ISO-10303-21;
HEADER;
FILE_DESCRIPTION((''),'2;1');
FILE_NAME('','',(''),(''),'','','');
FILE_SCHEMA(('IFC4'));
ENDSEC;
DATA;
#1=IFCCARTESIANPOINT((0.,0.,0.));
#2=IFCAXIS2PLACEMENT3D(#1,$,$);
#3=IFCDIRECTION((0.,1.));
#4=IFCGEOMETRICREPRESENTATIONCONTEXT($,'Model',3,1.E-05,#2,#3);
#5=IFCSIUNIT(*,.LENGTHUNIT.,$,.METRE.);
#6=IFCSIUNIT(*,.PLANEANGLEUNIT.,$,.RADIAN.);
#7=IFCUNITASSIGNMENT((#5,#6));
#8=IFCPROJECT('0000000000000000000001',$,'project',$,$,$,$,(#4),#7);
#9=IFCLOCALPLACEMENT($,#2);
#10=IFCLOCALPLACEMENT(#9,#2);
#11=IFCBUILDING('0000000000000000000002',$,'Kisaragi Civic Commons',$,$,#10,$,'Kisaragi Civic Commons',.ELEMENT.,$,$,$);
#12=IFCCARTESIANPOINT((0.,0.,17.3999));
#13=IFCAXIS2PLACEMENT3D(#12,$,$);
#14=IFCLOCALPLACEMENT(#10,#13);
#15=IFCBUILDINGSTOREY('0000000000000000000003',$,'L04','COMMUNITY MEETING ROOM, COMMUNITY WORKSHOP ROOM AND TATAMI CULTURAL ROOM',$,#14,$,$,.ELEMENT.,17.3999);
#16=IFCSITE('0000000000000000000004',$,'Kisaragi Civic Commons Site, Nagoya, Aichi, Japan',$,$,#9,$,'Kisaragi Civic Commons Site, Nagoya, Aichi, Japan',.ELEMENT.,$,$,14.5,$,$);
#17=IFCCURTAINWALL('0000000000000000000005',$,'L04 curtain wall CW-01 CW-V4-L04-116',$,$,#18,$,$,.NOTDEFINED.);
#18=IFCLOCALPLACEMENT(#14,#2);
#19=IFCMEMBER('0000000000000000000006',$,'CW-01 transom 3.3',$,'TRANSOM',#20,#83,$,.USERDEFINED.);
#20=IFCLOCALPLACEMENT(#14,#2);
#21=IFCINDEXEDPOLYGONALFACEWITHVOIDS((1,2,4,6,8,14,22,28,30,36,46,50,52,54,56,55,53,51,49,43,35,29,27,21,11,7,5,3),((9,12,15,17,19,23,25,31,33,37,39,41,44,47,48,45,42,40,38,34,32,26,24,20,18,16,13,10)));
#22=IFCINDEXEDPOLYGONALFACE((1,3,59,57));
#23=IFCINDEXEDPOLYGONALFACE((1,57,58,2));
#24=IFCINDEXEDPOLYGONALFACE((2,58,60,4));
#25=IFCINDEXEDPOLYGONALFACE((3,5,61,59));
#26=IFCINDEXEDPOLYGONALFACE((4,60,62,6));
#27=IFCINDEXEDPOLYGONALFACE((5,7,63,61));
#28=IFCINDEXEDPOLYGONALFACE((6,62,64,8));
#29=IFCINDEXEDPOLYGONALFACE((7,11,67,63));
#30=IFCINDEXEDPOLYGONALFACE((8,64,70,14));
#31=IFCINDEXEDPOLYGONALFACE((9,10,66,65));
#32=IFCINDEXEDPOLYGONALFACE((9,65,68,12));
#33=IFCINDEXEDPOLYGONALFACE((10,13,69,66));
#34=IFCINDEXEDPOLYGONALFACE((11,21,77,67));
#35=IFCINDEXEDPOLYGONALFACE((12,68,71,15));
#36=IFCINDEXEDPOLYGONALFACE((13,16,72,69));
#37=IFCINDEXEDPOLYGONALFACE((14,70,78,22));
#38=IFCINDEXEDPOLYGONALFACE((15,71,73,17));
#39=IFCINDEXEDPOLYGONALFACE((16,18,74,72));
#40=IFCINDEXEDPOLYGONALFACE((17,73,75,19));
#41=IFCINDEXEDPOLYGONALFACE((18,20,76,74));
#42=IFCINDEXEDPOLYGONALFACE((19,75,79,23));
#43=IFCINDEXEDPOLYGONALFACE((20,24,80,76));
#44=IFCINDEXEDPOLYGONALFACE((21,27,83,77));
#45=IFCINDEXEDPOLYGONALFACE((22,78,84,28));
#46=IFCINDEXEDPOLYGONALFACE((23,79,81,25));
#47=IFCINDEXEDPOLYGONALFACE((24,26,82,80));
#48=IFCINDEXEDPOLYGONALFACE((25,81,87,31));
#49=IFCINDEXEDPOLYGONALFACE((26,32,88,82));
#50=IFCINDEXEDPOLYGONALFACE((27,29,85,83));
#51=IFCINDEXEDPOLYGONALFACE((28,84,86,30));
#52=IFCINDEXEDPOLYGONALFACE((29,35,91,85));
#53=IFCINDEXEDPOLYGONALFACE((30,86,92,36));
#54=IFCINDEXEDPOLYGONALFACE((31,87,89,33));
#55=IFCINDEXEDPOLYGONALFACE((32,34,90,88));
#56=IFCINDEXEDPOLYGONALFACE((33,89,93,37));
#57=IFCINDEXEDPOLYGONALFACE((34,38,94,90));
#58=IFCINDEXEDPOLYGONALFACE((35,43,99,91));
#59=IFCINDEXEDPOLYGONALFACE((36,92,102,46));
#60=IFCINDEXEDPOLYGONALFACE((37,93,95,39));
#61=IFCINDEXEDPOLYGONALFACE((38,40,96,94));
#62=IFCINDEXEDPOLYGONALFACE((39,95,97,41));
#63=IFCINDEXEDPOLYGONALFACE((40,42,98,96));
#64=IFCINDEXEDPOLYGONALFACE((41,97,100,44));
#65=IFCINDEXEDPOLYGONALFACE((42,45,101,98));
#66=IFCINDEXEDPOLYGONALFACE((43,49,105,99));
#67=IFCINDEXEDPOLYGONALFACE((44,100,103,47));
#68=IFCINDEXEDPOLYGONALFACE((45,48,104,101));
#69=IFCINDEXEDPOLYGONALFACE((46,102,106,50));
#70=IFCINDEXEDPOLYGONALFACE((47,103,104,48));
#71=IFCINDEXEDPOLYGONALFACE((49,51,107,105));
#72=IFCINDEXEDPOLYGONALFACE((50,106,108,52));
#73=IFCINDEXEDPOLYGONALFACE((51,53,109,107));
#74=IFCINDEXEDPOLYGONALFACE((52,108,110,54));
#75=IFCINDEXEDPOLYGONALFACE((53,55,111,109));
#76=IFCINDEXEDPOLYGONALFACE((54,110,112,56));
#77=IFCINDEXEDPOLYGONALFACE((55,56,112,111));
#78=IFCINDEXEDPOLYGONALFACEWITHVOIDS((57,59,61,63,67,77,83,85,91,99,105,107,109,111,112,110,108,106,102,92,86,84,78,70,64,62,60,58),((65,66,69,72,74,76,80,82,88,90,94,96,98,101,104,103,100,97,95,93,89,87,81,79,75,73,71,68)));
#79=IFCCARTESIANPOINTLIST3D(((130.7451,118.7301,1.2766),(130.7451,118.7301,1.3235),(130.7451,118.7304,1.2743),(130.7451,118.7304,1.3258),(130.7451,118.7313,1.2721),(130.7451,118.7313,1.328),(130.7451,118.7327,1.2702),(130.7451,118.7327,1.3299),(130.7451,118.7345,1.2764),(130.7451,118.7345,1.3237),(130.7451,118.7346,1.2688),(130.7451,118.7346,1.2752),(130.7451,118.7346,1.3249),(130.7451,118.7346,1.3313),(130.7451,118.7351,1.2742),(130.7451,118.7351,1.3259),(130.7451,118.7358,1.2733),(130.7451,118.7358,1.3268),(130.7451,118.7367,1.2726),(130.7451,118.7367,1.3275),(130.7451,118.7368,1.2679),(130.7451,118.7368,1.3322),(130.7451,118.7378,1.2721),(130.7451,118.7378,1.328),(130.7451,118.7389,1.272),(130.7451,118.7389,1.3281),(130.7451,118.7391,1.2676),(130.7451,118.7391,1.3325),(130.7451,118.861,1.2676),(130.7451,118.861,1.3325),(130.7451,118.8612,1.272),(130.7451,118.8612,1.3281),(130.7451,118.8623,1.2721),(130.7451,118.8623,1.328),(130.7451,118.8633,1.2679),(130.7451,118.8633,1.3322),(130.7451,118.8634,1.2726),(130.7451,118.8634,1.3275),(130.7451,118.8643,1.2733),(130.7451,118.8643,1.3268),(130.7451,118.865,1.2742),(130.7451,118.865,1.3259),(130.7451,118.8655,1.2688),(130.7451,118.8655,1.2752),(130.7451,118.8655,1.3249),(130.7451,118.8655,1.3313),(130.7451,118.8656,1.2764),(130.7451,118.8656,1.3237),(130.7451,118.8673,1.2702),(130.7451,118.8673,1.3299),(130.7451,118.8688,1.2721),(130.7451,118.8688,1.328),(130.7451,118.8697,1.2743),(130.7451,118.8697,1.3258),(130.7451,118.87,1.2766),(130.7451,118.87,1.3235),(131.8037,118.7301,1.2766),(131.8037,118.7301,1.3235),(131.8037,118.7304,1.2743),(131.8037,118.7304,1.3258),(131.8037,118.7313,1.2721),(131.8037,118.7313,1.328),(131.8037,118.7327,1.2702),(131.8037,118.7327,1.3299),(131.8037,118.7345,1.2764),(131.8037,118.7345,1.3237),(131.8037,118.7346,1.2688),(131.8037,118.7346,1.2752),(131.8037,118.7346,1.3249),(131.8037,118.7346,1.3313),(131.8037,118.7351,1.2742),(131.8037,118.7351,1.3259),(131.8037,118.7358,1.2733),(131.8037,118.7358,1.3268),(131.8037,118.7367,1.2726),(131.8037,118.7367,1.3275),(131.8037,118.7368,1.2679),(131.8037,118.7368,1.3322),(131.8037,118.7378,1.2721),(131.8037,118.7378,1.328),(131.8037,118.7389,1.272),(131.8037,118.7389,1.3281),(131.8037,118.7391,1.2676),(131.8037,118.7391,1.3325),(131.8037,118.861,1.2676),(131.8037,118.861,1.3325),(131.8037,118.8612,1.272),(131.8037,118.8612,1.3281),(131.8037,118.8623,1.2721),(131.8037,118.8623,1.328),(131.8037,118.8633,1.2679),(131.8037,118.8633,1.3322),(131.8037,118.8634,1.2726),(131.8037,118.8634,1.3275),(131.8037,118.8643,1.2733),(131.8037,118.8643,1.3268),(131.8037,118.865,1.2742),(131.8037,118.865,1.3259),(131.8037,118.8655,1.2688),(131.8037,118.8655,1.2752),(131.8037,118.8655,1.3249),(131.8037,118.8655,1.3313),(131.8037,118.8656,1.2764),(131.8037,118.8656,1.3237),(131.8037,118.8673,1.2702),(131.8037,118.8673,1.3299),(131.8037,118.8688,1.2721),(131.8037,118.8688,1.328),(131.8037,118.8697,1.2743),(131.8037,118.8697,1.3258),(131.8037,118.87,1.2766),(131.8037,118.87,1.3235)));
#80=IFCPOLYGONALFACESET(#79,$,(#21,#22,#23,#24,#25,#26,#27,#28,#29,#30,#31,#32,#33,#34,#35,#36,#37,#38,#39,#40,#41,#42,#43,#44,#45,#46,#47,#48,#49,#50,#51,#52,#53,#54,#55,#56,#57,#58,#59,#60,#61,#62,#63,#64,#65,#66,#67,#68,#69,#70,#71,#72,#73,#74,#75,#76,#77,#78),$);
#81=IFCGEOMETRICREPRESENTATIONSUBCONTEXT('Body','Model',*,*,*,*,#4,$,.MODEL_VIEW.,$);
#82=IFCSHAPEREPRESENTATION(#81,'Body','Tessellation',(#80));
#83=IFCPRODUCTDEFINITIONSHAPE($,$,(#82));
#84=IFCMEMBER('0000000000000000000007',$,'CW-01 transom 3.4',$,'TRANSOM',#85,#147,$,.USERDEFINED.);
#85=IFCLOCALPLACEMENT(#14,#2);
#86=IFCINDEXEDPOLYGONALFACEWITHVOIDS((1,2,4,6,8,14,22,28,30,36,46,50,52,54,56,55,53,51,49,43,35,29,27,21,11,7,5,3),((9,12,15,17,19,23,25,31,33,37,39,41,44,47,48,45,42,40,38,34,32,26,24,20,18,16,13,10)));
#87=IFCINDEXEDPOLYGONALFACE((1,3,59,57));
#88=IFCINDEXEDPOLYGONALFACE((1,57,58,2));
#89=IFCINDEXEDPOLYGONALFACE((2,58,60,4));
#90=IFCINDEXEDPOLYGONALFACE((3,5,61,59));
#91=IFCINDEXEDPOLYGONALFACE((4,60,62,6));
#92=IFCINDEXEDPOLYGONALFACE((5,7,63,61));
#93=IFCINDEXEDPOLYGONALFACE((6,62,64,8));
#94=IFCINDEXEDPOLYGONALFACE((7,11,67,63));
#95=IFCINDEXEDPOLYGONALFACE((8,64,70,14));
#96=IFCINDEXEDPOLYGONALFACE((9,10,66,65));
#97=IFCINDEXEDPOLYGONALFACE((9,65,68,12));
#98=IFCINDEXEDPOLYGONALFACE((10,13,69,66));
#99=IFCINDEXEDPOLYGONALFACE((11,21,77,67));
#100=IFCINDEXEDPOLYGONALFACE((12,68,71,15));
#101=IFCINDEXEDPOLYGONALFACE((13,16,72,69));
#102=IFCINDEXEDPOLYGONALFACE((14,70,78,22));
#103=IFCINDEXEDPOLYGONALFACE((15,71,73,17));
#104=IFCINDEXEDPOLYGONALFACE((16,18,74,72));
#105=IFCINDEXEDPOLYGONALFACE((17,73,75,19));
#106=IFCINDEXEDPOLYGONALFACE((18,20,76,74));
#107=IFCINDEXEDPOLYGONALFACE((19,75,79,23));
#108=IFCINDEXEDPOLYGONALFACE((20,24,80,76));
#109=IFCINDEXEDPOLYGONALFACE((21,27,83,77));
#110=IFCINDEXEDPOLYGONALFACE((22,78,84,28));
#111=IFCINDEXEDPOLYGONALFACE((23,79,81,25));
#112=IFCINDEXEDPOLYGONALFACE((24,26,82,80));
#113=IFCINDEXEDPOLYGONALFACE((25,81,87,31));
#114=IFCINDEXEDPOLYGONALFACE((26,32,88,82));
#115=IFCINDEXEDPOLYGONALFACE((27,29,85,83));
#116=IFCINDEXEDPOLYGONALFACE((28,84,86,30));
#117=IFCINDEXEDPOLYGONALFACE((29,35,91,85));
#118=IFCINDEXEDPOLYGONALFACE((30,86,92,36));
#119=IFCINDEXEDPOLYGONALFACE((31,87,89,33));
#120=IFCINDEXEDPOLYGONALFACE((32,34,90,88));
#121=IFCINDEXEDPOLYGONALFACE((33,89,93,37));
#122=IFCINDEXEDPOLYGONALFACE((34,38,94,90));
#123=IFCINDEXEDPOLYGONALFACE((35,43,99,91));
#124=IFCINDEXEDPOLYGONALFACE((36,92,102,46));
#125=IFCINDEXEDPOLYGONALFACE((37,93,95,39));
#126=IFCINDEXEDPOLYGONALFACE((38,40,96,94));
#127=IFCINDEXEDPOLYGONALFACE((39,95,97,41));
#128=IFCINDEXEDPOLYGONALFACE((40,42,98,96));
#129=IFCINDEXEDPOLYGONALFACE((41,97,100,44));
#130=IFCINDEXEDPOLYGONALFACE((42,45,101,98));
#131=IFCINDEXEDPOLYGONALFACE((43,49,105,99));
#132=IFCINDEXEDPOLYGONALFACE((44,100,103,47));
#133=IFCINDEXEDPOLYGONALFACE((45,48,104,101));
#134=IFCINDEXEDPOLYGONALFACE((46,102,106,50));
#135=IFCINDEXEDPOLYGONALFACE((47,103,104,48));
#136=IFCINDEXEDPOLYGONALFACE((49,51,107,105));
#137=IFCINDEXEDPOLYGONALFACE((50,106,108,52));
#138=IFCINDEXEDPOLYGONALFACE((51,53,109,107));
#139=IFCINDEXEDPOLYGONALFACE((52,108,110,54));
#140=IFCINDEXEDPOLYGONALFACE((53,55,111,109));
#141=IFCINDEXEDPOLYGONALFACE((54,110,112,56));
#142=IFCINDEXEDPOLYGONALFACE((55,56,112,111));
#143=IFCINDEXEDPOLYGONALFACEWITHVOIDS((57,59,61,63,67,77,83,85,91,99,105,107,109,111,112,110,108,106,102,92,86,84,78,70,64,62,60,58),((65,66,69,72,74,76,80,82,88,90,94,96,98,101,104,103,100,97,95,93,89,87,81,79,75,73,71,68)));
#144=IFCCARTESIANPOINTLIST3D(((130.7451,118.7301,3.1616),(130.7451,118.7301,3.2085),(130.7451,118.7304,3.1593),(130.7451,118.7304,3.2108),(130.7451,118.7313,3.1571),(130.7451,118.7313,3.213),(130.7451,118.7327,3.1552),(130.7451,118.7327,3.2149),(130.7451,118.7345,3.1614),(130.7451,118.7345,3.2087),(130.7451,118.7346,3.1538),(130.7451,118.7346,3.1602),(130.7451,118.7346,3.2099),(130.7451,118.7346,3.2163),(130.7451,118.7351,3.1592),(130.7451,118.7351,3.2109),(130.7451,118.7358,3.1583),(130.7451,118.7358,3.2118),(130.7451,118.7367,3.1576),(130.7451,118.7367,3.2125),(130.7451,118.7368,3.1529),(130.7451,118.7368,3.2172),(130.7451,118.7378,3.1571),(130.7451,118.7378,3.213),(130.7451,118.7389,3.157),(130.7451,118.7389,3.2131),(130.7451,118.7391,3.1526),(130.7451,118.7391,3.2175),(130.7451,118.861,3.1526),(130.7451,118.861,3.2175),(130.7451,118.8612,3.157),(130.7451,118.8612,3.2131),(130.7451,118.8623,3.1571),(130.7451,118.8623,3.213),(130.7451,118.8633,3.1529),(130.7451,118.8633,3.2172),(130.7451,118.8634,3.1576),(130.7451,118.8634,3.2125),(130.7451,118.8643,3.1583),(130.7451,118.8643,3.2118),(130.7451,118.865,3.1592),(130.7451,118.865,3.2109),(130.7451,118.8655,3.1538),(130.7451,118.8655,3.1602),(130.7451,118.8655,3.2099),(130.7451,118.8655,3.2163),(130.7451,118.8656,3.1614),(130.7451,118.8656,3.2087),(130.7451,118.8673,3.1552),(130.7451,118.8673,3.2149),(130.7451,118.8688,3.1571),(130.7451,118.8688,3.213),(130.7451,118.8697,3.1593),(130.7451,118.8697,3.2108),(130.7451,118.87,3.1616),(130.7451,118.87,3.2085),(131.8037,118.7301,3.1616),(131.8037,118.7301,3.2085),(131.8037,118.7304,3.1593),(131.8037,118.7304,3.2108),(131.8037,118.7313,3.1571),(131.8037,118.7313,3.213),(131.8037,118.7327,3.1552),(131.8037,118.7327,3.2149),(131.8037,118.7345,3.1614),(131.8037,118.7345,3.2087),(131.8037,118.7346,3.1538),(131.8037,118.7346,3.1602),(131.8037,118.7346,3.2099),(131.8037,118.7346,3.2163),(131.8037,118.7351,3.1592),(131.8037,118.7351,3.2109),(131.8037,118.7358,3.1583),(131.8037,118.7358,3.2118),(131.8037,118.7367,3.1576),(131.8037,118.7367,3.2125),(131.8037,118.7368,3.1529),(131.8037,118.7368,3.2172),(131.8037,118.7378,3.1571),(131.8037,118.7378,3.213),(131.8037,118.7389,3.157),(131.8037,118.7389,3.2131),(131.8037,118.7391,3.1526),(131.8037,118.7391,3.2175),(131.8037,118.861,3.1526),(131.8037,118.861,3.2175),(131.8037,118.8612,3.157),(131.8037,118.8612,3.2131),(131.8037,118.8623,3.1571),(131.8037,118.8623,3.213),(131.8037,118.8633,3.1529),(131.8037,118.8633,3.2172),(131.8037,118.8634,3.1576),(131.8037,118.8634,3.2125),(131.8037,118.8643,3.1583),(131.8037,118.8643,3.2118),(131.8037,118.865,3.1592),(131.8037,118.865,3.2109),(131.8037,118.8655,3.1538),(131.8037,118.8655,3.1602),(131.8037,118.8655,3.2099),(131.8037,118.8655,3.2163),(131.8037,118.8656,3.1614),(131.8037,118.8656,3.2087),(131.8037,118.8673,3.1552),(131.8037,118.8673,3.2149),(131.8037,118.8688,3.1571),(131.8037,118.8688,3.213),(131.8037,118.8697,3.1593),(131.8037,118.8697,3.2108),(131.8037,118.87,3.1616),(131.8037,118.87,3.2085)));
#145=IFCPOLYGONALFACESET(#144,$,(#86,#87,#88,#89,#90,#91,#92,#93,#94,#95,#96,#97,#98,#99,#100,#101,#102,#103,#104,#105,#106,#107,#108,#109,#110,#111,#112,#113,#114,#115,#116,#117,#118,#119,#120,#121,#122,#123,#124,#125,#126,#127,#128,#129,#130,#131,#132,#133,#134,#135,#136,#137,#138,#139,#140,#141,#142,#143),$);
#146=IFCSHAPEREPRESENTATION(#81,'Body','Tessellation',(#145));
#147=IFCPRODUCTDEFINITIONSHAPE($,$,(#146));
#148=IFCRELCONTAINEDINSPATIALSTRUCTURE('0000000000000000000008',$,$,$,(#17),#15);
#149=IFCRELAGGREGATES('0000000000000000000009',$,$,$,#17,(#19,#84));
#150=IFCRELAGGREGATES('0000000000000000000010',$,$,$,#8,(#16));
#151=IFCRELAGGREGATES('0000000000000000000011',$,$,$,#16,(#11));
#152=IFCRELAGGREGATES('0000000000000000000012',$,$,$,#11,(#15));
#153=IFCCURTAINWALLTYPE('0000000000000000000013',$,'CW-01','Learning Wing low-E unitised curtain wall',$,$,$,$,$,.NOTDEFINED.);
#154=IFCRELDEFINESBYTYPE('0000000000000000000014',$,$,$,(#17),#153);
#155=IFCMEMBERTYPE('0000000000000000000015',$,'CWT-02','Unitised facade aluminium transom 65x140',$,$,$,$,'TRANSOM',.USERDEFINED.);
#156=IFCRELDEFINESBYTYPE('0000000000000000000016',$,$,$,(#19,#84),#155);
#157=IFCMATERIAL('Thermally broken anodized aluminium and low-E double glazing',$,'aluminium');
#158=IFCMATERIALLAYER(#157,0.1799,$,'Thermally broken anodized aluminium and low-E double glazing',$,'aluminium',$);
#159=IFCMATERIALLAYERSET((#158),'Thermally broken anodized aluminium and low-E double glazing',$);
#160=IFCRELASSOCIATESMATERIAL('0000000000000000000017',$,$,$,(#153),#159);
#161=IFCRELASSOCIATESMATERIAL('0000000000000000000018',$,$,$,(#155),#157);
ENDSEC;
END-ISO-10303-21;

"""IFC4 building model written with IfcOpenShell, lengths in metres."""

from ifc_helpers import new_model, si_unit, direction, frame, origin, origin_2d, place, context, subcontext, project, spatial, hollow_rectangle, extrude, material, layer, layer_set, material_profile, profile_set, type_object, element, aggregate, save


model = new_model("IFC4")

# Units and contexts
model_context = context("Model", 3, precision=1e-05, world=origin(), true_north=direction((0.0, 1.0)))
body_context = subcontext(model_context, "Body", "Model", "MODEL_VIEW")
ifc_project = project(units=[si_unit("LENGTHUNIT", "METRE"), si_unit("PLANEANGLEUNIT", "RADIAN")], contexts=[model_context])

# Site, building, storey
site_placement = place(None, origin())
site = spatial("IfcSite", under=ifc_project, at=site_placement, Name="Kisaragi Civic Commons Site, Nagoya, Aichi, Japan", LongName="Kisaragi Civic Commons Site, Nagoya, Aichi, Japan", CompositionType="ELEMENT", RefElevation=14.5)
building_placement = place(site_placement, origin())
building = spatial("IfcBuilding", under=site, at=building_placement, Name="Kisaragi Civic Commons", LongName="Kisaragi Civic Commons", CompositionType="ELEMENT")
storey_placement = place(building_placement, frame((0.0, 0.0, 17.3999)))
storey = spatial("IfcBuildingStorey", under=building, at=storey_placement, Name="L04", Description="COMMUNITY MEETING ROOM, COMMUNITY WORKSHOP ROOM AND TATAMI CULTURAL ROOM", CompositionType="ELEMENT", Elevation=17.3999)

# Shared definitions
ifc_material_1 = material(Name="Thermally broken anodized aluminium and low-E double glazing", Category="aluminium")
ifc_layer_1 = layer(ifc_material_1, 0.1799, Name="Thermally broken anodized aluminium and low-E double glazing", Category="aluminium")
ifc_layer_set_1 = layer_set([ifc_layer_1], Name="Thermally broken anodized aluminium and low-E double glazing")
curtain_wall_type = type_object("IfcCurtainWallType", Name="CW-01", Description="Learning Wing low-E unitised curtain wall", PredefinedType="NOTDEFINED", material=ifc_layer_set_1)

# Curtain wall, members
curtain_wall_1_placement = place(storey_placement, origin())
curtain_wall_1 = element("IfcCurtainWall", 1, at=curtain_wall_1_placement, inside=storey, type_object=curtain_wall_type, Name="L04 curtain wall CW-01 CW-V4-L04-116", PredefinedType="NOTDEFINED")
ifc_material_profile_1 = material_profile(ifc_material_1, hollow_rectangle(XDim=0.1399, YDim=0.0649, WallThickness=0.0044, InnerFilletRadius=0.0044, OuterFilletRadius=0.009, at=origin_2d()), Name="CWT-65x140x4.5", Category="aluminium")
ifc_profile_set_1 = profile_set([ifc_material_profile_1], Name="Thermally broken anodized aluminium and low-E double glazing")
member_type_1 = type_object("IfcMemberType", Name="CWT-02", Description="Unitised facade aluminium transom 65x140", ElementType="TRANSOM", PredefinedType="USERDEFINED", material=ifc_profile_set_1)
member_1_placement = place(storey_placement, frame((130.7451, 118.8, 1.3), z_axis=(1.0, 0.0, 0.0), x_axis=(0.0, 1.0, 0.0)))
member_1 = element("IfcMember", 2, at=member_1_placement, type_object=member_type_1, Name="CW-01 transom 3.3", ObjectType="TRANSOM", PredefinedType="USERDEFINED", context=body_context, shape_type="SweptSolid", body=[
    extrude(hollow_rectangle(XDim=0.1399, YDim=0.0649, WallThickness=0.0044, InnerFilletRadius=0.0044, OuterFilletRadius=0.009, at=origin_2d()), origin(), (0.0, 0.0, 1.0), 1.0586),
])
member_2_placement = place(storey_placement, frame((130.7451, 118.8, 3.1851), z_axis=(1.0, 0.0, 0.0), x_axis=(0.0, 1.0, 0.0)))
member_2 = element("IfcMember", 3, at=member_2_placement, type_object=member_type_1, Name="CW-01 transom 3.4", ObjectType="TRANSOM", PredefinedType="USERDEFINED", context=body_context, shape_type="SweptSolid", body=[
    extrude(hollow_rectangle(XDim=0.1399, YDim=0.0649, WallThickness=0.0044, InnerFilletRadius=0.0044, OuterFilletRadius=0.009, at=origin_2d()), origin(), (0.0, 0.0, 1.0), 1.0586),
])

aggregate(curtain_wall_1, [member_1, member_2])

save(model, "model.ifc")
